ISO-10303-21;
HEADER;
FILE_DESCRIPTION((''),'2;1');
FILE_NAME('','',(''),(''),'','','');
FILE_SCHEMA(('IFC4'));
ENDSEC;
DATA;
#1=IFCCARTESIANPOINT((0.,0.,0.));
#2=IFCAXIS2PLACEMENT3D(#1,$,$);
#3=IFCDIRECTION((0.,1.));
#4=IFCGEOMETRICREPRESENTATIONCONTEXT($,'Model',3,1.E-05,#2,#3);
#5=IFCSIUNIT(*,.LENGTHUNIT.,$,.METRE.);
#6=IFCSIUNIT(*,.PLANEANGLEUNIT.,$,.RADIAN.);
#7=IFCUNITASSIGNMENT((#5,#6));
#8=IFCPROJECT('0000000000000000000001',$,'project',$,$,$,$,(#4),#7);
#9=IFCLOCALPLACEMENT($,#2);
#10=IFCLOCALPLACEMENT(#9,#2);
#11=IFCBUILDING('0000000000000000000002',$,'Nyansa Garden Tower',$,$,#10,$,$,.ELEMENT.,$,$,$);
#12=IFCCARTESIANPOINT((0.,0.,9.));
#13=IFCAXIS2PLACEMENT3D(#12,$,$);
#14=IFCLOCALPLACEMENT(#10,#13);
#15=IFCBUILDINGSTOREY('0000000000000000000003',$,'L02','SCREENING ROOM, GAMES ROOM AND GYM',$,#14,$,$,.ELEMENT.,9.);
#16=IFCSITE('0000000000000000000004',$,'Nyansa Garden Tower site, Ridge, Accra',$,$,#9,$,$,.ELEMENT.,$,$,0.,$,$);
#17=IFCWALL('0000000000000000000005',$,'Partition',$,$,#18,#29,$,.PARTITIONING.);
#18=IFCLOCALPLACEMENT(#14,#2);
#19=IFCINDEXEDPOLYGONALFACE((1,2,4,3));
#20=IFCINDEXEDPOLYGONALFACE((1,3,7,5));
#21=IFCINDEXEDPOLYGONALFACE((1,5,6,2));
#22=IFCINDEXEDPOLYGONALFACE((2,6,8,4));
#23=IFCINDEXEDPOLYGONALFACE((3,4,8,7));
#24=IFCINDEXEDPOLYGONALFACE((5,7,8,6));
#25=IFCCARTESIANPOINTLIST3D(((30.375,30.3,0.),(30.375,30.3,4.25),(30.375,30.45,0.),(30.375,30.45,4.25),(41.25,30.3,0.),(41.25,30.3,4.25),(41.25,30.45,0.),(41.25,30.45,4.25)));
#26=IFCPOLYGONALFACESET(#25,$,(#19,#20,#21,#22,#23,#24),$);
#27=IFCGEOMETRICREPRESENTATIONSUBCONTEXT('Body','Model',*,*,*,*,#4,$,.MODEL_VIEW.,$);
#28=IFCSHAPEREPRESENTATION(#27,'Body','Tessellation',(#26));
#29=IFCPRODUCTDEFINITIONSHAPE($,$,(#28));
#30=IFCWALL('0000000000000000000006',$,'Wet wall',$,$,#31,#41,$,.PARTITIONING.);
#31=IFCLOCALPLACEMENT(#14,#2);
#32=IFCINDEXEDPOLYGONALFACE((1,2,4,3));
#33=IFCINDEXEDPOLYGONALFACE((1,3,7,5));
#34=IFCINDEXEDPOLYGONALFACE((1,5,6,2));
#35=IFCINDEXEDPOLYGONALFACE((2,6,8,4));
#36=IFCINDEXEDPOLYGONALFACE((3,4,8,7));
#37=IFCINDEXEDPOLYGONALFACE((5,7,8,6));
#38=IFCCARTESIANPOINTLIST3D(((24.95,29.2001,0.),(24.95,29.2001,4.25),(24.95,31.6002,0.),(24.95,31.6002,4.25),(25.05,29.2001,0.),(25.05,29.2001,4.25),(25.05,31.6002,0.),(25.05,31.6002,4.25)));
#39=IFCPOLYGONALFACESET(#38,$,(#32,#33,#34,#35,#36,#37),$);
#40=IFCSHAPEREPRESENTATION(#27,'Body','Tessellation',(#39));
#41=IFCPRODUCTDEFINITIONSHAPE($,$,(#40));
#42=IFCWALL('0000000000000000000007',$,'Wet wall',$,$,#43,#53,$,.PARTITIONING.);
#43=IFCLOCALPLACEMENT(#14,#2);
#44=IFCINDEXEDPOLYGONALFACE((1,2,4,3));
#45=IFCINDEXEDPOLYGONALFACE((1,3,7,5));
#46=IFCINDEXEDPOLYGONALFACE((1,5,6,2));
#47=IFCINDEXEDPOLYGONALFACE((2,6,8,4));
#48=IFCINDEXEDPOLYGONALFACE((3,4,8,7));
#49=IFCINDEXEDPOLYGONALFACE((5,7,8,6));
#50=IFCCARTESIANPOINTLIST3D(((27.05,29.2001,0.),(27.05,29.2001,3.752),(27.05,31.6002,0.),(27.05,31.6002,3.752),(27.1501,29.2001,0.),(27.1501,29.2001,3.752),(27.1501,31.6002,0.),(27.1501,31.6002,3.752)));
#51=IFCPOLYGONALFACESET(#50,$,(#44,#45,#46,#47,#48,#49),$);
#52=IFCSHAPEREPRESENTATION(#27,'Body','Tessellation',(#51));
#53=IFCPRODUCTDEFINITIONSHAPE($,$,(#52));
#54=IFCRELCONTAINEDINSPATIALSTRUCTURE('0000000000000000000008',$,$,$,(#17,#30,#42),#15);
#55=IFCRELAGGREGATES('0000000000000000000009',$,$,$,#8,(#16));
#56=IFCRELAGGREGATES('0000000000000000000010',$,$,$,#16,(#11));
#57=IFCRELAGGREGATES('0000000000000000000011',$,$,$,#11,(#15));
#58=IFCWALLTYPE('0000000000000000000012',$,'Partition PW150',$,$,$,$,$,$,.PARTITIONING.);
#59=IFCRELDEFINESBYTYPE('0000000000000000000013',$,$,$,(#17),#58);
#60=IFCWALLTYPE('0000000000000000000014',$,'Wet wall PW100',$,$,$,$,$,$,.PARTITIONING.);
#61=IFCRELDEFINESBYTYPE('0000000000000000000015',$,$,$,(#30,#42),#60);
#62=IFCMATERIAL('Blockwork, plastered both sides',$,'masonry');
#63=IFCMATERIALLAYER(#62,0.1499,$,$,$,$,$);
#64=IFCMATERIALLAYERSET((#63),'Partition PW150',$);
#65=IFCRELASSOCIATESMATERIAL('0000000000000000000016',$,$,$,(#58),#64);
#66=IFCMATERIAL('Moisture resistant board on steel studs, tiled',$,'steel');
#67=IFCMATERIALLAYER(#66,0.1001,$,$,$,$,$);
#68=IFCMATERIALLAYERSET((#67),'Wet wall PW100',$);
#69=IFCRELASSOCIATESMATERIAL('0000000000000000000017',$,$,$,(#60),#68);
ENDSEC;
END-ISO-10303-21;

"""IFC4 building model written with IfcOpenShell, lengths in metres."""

from ifc_helpers import new_model, si_unit, direction, frame, frame_2d, origin, place, context, subcontext, project, spatial, rectangle, extrude, material, layer, layer_set, type_object, element, save


model = new_model("IFC4")

# Units and contexts
model_context = context("Model", 3, precision=1e-05, world=origin(), true_north=direction((0.0, 1.0)))
body_context = subcontext(model_context, "Body", "Model", "MODEL_VIEW")
ifc_project = project(units=[si_unit("LENGTHUNIT", "METRE"), si_unit("PLANEANGLEUNIT", "RADIAN")], contexts=[model_context])

# Site, building, storey
site_placement = place(None, origin())
site = spatial("IfcSite", under=ifc_project, at=site_placement, Name="Nyansa Garden Tower site, Ridge, Accra", CompositionType="ELEMENT", RefElevation=0.0)
building_placement = place(site_placement, origin())
building = spatial("IfcBuilding", under=site, at=building_placement, Name="Nyansa Garden Tower", CompositionType="ELEMENT")
storey_placement = place(building_placement, frame((0.0, 0.0, 9.0)))
storey = spatial("IfcBuildingStorey", under=building, at=storey_placement, Name="L02", Description="SCREENING ROOM, GAMES ROOM AND GYM", CompositionType="ELEMENT", Elevation=9.0)

# Walls
ifc_material_1 = material(Name="Blockwork, plastered both sides", Category="masonry")
ifc_layer_1 = layer(ifc_material_1, 0.1499)
ifc_layer_set_1 = layer_set([ifc_layer_1], Name="Partition PW150")
wall_type_1 = type_object("IfcWallType", Name="Partition PW150", PredefinedType="PARTITIONING", material=ifc_layer_set_1)
wall_1_placement = place(storey_placement, frame((30.375, 30.375, 0.0), z_axis=(0.0, 0.0, 1.0), x_axis=(1.0, 0.0, 0.0)))
element("IfcWall", 1, at=wall_1_placement, inside=storey, type_object=wall_type_1, Name="Partition", PredefinedType="PARTITIONING", context=body_context, shape_type="SweptSolid", body=[
    extrude(rectangle(XDim=10.875, YDim=0.1499, at=frame_2d((5.4375, 0.0))), origin(), (0.0, 0.0, 1.0), 4.25),
])
ifc_material_2 = material(Name="Moisture resistant board on steel studs, tiled", Category="steel")
ifc_layer_2 = layer(ifc_material_2, 0.1001)
ifc_layer_set_2 = layer_set([ifc_layer_2], Name="Wet wall PW100")
wall_type_2 = type_object("IfcWallType", Name="Wet wall PW100", PredefinedType="PARTITIONING", material=ifc_layer_set_2)
wall_2_placement = place(storey_placement, frame((25.0, 29.2, 0.0), z_axis=(0.0, 0.0, 1.0), x_axis=(0.0, 1.0, 0.0)))
element("IfcWall", 2, at=wall_2_placement, inside=storey, type_object=wall_type_2, Name="Wet wall", PredefinedType="PARTITIONING", context=body_context, shape_type="SweptSolid", body=[
    extrude(rectangle(XDim=2.4001, YDim=0.1001, at=frame_2d((1.2002, 0.0))), origin(), (0.0, 0.0, 1.0), 4.25),
])
wall_3_placement = place(storey_placement, frame((27.1001, 29.2, 0.0), z_axis=(0.0, 0.0, 1.0), x_axis=(0.0, 1.0, 0.0)))
element("IfcWall", 3, at=wall_3_placement, inside=storey, type_object=wall_type_2, Name="Wet wall", PredefinedType="PARTITIONING", context=body_context, shape_type="SweptSolid", body=[
    extrude(rectangle(XDim=2.4001, YDim=0.1001, at=frame_2d((1.2002, 0.0))), origin(), (0.0, 0.0, 1.0), 3.752),
])

save(model, "model.ifc")
